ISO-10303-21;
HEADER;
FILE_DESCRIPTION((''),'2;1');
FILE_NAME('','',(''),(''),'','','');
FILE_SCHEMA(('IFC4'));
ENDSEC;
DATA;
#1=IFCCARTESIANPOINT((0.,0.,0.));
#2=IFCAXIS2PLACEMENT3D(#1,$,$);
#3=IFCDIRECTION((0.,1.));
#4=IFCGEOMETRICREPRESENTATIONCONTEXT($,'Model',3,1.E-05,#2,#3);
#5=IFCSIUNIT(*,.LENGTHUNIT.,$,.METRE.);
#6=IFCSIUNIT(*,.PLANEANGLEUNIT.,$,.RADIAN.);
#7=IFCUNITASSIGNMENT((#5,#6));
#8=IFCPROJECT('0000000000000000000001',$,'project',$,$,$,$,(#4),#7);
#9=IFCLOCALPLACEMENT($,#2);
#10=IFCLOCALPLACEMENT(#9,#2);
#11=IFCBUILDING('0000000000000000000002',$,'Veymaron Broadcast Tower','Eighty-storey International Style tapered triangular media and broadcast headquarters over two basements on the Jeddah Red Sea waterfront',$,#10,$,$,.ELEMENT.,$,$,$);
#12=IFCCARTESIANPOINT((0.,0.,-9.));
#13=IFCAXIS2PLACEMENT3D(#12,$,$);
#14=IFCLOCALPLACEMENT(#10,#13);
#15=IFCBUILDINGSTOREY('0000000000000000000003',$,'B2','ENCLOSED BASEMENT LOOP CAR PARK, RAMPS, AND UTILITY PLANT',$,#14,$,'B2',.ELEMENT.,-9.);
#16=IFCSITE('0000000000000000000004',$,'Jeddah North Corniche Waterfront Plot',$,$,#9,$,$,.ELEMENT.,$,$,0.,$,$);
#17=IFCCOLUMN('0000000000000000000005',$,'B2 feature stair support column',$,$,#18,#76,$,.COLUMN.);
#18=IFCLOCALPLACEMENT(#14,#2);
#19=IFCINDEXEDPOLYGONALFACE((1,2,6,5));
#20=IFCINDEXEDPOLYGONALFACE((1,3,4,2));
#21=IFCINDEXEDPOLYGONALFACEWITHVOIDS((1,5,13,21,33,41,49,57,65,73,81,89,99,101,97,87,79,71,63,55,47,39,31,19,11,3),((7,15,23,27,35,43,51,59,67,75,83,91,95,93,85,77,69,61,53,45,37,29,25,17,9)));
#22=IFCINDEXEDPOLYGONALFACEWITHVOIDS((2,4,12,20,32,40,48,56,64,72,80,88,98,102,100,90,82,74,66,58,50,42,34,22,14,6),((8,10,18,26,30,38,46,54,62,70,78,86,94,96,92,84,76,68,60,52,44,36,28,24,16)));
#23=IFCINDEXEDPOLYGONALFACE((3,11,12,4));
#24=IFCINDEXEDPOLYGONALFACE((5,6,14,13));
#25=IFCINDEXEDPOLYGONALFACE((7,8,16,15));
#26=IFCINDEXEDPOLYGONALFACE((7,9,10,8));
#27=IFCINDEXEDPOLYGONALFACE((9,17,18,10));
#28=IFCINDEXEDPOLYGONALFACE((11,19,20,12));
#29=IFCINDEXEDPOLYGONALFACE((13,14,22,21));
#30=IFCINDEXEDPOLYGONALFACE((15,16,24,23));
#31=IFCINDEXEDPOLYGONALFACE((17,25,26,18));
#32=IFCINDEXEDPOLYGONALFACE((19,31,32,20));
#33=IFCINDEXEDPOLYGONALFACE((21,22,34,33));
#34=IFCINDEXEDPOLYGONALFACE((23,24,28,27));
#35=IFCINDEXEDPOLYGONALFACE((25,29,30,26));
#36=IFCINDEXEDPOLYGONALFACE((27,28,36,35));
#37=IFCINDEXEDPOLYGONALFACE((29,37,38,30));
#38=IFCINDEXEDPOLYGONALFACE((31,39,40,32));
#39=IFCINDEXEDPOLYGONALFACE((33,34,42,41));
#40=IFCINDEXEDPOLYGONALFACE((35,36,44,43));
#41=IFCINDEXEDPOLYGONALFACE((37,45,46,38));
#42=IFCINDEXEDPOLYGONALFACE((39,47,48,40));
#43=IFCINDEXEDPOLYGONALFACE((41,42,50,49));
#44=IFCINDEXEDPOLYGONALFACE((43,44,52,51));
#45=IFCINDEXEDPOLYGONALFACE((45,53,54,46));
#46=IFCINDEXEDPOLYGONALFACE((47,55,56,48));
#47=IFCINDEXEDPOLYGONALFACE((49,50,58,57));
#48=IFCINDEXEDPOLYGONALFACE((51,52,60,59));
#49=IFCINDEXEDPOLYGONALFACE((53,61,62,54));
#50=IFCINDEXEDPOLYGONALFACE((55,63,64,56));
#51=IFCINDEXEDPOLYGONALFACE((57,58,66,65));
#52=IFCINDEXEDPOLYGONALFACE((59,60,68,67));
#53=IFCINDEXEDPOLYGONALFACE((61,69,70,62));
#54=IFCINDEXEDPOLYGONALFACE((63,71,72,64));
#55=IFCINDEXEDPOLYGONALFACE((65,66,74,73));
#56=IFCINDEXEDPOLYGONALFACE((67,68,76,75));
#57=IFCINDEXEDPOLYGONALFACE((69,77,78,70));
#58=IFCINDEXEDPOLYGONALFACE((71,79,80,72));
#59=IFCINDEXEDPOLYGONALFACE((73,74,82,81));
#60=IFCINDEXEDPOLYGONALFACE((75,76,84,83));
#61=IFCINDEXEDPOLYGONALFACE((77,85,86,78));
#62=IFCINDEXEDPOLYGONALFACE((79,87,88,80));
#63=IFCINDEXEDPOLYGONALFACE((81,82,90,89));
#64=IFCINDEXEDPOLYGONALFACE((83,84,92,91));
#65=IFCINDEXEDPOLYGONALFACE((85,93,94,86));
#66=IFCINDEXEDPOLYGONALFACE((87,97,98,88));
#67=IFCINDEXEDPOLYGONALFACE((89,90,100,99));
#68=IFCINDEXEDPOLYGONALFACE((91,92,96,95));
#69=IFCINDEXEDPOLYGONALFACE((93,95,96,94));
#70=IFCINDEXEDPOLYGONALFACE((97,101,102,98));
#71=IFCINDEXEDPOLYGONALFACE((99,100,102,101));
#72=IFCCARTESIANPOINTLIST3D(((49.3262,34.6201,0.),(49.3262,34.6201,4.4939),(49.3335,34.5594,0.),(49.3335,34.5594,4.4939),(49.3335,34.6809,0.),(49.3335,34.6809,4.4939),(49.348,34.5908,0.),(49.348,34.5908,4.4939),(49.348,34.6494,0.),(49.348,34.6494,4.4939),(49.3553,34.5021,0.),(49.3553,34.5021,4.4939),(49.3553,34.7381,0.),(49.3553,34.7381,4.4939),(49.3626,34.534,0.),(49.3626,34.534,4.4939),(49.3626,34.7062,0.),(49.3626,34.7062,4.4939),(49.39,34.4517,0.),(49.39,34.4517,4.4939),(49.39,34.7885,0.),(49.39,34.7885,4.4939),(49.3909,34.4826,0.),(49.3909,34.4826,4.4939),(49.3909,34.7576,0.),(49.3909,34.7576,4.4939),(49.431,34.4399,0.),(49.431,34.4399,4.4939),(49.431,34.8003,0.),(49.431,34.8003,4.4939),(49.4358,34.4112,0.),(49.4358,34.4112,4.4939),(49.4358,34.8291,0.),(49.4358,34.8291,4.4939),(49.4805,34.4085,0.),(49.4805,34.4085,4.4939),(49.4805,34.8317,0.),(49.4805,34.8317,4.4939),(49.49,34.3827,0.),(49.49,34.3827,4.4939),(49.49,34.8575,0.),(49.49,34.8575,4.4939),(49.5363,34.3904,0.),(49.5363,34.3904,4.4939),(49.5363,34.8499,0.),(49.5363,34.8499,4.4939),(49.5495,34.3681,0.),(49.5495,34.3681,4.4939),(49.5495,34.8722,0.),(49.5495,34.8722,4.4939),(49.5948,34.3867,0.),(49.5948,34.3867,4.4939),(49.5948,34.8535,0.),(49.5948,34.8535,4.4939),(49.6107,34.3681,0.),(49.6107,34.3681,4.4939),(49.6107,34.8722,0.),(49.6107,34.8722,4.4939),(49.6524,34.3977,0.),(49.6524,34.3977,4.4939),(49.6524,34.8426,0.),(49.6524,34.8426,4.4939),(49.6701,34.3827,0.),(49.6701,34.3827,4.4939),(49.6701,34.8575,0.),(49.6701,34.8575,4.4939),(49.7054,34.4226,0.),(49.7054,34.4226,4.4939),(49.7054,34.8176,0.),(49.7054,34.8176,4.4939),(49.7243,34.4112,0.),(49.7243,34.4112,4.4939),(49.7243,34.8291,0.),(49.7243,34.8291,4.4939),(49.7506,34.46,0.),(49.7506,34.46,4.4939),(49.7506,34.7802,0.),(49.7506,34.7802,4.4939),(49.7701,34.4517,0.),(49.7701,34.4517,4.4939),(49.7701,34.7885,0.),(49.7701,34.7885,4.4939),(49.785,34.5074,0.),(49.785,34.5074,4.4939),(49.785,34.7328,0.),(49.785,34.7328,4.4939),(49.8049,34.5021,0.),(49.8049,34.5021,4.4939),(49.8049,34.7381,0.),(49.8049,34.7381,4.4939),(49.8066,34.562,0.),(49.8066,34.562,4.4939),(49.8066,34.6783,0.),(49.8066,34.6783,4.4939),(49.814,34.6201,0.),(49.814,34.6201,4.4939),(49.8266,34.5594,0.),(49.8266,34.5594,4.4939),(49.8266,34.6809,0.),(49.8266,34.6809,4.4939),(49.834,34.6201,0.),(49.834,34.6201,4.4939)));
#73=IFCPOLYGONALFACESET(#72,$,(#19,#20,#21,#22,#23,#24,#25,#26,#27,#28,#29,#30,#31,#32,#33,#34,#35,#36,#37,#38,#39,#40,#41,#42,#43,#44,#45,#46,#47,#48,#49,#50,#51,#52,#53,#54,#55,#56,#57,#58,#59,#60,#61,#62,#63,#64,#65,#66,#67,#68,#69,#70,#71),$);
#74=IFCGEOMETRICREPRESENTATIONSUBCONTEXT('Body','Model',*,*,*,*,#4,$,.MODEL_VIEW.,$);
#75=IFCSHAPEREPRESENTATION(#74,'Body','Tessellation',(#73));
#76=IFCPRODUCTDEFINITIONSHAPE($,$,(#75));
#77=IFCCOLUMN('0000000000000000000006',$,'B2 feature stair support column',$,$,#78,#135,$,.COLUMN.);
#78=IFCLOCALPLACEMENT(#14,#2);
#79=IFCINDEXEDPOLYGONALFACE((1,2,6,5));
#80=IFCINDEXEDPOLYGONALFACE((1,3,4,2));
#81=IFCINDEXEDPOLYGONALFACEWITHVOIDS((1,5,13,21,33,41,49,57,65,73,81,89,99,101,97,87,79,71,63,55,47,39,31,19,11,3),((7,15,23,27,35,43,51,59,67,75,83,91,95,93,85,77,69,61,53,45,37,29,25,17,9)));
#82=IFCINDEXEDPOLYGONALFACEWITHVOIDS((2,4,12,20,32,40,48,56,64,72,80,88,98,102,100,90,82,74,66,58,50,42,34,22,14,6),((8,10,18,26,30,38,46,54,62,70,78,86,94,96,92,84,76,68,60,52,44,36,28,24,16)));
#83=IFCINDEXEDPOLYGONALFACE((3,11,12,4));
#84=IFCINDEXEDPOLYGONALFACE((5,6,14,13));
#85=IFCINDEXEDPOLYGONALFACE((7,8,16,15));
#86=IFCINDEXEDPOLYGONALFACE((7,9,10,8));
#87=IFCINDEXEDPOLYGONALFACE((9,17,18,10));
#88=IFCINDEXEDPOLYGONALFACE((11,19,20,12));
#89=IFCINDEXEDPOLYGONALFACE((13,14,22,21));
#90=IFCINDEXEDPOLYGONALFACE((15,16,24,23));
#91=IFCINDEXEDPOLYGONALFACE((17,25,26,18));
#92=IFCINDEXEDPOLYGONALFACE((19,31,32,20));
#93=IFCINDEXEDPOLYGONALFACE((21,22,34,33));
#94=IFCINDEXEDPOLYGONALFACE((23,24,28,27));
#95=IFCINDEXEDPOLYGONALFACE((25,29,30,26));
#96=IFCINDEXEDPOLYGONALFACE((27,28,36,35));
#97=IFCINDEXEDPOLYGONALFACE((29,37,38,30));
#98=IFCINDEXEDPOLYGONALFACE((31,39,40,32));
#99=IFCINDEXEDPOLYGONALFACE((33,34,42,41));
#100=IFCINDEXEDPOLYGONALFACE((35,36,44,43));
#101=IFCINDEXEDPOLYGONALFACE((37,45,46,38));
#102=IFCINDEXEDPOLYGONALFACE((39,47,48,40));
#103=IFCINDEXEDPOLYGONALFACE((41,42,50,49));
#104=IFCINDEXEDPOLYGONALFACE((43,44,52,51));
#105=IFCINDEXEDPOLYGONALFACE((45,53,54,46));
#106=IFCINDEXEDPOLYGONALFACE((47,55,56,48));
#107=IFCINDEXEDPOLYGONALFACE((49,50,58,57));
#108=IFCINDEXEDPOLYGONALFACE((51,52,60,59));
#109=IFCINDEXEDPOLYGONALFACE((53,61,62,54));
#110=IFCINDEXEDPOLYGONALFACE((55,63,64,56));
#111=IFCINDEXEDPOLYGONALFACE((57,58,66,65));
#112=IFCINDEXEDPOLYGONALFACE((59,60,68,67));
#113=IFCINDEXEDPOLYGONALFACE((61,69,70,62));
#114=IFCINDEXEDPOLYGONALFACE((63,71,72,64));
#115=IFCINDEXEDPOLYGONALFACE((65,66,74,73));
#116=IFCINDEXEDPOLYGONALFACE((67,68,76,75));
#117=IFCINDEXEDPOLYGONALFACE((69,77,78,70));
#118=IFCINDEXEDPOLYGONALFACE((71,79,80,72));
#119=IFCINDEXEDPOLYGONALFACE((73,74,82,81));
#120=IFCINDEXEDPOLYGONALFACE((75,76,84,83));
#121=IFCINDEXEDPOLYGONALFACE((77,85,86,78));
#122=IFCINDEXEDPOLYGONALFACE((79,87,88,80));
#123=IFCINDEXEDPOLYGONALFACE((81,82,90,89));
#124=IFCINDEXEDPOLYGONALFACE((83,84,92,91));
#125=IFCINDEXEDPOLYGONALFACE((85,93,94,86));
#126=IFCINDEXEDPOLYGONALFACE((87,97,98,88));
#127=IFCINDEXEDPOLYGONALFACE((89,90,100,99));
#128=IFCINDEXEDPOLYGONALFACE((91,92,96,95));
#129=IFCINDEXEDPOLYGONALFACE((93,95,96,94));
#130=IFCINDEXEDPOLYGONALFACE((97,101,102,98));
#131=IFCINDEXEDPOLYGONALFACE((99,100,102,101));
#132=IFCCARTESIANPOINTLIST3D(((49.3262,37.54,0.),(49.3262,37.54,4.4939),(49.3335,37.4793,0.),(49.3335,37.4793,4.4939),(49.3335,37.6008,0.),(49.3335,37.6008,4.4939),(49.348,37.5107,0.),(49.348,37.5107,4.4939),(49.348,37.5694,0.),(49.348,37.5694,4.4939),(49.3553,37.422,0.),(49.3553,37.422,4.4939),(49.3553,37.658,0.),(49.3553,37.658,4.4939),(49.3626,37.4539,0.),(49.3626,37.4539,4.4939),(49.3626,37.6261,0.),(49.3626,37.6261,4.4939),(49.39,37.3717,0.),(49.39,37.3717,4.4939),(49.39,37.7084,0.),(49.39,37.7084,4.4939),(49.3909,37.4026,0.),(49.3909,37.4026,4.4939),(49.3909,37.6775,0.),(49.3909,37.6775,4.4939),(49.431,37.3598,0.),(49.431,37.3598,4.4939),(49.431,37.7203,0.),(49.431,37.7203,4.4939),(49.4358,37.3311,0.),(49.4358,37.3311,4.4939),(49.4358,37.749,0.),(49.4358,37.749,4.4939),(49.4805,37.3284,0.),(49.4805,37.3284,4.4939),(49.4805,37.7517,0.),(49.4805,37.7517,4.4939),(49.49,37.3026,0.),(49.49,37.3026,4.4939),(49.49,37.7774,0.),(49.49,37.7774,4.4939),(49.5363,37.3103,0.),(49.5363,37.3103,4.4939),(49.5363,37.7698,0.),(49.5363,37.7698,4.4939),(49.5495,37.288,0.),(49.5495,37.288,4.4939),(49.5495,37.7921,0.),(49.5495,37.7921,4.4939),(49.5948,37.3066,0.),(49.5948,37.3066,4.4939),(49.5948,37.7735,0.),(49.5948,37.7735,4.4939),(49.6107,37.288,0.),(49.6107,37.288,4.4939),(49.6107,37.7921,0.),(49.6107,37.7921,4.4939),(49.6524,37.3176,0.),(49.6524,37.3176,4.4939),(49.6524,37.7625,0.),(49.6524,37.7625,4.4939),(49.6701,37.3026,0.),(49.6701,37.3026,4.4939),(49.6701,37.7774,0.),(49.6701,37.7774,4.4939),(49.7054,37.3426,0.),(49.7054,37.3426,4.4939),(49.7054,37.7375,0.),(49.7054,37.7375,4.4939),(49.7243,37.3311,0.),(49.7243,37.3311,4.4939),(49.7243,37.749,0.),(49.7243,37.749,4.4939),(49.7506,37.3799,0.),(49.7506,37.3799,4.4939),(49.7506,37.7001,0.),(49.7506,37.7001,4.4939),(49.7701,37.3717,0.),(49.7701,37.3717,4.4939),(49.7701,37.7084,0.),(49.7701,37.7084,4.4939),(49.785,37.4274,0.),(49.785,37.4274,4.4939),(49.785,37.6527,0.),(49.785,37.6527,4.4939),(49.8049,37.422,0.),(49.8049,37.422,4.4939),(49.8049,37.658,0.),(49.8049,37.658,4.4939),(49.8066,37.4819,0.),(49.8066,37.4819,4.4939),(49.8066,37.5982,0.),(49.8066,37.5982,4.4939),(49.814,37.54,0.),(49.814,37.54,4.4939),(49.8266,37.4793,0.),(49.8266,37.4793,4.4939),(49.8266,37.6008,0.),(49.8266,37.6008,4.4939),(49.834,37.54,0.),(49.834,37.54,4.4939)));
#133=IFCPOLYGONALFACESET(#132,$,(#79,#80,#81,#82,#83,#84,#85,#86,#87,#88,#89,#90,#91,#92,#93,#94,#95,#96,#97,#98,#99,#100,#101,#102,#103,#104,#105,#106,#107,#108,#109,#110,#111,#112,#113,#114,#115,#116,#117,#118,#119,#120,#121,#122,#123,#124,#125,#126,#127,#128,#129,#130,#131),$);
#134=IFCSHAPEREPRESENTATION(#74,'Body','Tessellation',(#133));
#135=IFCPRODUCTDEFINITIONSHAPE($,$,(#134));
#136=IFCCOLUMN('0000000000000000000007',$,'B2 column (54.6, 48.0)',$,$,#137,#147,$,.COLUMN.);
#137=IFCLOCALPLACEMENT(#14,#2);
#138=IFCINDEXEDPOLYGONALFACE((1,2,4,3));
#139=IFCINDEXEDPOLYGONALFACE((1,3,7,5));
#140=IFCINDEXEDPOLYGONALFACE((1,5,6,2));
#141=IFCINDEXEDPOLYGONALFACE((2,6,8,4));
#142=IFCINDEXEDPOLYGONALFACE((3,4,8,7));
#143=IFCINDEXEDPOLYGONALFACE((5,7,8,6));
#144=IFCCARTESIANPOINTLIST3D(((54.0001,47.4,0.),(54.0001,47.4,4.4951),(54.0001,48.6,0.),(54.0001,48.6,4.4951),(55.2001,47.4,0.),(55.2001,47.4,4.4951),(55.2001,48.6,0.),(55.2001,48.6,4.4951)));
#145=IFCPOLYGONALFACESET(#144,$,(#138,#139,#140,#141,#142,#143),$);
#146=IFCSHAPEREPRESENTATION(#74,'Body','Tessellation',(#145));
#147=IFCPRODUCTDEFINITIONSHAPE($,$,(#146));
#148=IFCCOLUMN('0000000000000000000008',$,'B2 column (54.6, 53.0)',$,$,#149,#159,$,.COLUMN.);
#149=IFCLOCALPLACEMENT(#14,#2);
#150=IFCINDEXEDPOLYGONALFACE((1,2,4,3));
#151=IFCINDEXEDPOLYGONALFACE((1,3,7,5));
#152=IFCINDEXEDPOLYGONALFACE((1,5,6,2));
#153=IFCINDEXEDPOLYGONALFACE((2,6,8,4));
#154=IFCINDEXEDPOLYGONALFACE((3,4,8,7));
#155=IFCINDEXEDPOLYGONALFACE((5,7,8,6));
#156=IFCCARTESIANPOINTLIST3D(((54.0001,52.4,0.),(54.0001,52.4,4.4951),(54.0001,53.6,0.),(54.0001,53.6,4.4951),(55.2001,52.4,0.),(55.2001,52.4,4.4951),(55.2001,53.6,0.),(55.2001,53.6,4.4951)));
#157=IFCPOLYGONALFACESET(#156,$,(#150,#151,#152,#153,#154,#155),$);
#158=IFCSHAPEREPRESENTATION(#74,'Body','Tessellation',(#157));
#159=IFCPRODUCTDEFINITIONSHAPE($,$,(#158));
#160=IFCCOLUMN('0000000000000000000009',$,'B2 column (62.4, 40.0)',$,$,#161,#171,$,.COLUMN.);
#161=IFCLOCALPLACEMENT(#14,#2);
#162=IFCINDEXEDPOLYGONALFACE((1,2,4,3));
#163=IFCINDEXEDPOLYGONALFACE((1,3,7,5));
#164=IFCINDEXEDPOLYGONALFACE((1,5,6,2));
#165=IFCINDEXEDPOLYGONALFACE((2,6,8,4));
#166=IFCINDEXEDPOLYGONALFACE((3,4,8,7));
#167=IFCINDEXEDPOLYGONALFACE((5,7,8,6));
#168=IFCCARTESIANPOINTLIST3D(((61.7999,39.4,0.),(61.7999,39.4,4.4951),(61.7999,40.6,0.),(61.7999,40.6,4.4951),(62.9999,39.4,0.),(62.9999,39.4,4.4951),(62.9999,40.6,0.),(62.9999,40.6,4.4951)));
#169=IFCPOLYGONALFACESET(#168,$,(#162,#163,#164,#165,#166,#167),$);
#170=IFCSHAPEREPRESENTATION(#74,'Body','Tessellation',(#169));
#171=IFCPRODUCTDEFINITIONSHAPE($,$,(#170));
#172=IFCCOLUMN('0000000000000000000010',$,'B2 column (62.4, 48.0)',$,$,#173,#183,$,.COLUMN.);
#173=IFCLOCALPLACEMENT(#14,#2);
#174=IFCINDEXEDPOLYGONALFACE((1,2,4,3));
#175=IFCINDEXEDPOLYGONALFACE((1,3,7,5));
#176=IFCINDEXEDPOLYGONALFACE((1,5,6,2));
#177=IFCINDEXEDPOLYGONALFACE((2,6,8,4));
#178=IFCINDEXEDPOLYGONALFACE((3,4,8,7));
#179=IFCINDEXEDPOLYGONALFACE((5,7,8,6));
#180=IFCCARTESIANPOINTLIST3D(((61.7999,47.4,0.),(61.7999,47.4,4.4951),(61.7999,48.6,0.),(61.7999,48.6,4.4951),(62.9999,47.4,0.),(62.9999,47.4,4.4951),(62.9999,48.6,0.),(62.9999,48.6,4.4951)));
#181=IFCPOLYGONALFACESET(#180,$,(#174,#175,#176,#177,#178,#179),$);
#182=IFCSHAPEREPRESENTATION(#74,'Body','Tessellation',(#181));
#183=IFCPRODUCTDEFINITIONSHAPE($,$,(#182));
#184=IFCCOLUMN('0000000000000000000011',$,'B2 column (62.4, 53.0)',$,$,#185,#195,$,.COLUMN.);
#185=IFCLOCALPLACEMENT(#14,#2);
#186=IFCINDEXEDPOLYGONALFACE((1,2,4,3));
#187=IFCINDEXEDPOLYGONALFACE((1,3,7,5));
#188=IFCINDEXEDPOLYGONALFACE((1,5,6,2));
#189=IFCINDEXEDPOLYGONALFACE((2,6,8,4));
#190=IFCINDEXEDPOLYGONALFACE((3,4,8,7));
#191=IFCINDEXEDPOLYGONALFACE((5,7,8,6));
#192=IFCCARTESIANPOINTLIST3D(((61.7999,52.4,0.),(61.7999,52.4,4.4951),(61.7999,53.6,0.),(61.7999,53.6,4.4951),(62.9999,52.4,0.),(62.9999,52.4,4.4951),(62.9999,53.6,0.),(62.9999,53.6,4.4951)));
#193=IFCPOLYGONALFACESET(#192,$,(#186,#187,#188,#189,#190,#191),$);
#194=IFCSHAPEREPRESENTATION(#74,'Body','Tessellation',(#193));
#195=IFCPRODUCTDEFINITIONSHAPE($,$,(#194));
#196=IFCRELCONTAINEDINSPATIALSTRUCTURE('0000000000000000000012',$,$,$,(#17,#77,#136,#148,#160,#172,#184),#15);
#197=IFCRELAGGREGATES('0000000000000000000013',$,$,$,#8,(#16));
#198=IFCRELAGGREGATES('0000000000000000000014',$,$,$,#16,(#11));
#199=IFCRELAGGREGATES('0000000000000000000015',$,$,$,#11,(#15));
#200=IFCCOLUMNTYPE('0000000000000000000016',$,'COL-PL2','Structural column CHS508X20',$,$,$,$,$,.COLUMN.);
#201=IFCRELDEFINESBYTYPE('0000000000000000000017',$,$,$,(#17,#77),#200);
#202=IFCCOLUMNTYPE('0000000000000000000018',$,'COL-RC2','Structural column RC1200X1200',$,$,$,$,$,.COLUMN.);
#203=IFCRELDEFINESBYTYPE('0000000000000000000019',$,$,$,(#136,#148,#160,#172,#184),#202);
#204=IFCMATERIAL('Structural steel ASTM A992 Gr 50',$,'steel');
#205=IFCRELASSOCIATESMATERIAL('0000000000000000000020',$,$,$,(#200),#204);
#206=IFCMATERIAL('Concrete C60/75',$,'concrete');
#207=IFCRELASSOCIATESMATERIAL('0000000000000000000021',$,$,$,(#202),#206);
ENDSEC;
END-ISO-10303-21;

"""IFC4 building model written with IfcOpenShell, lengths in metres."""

from ifc_helpers import new_model, si_unit, direction, frame, origin, origin_2d, place, context, subcontext, project, spatial, rectangle, hollow_circle, extrude, material, material_profile, profile_set, type_object, element, save


model = new_model("IFC4")

# Units and contexts
model_context = context("Model", 3, precision=1e-05, world=origin(), true_north=direction((0.0, 1.0)))
body_context = subcontext(model_context, "Body", "Model", "MODEL_VIEW")
ifc_project = project(units=[si_unit("LENGTHUNIT", "METRE"), si_unit("PLANEANGLEUNIT", "RADIAN")], contexts=[model_context])

# Site, building, storey
site_placement = place(None, origin())
site = spatial("IfcSite", under=ifc_project, at=site_placement, Name="Jeddah North Corniche Waterfront Plot", CompositionType="ELEMENT", RefElevation=0.0)
building_placement = place(site_placement, origin())
building = spatial("IfcBuilding", under=site, at=building_placement, Name="Veymaron Broadcast Tower", Description="Eighty-storey International Style tapered triangular media and broadcast headquarters over two basements on the Jeddah Red Sea waterfront", CompositionType="ELEMENT")
storey_placement = place(building_placement, frame((0.0, 0.0, -9.0)))
storey = spatial("IfcBuildingStorey", under=building, at=storey_placement, Name="B2", Description="ENCLOSED BASEMENT LOOP CAR PARK, RAMPS, AND UTILITY PLANT", LongName="B2", CompositionType="ELEMENT", Elevation=-9.0)

# Columns
ifc_material_1 = material(Name="Structural steel ASTM A992 Gr 50", Category="steel")
ifc_material_profile_1 = material_profile(ifc_material_1, hollow_circle(Radius=0.2539, WallThickness=0.02, at=origin_2d()), Name="CHS508X20")
ifc_profile_set_1 = profile_set([ifc_material_profile_1], Name="Structural steel ASTM A992 Gr 50")
column_type_1 = type_object("IfcColumnType", Name="COL-PL2", Description="Structural column CHS508X20", PredefinedType="COLUMN", material=ifc_profile_set_1)
for number, where, z_axis, x_axis, name in (
    (1, (49.5801, 34.6201, 0.0), (0.0, 0.0, 1.0), (1.0, 0.0, 0.0), "B2 feature stair support column"),
    (2, (49.5801, 37.54, 0.0), (0.0, 0.0, 1.0), (1.0, 0.0, 0.0), "B2 feature stair support column"),
):
    element("IfcColumn", number, at=place(storey_placement, frame(where, z_axis=z_axis, x_axis=x_axis)), inside=storey, type_object=column_type_1, Name=name, PredefinedType="COLUMN", context=body_context, shape_type="SweptSolid", body=[
        extrude(hollow_circle(Radius=0.2539, WallThickness=0.02, at=origin_2d()), origin(), (0.0, 0.0, 1.0), 4.4939),
    ])
ifc_material_2 = material(Name="Concrete C60/75", Category="concrete")
ifc_material_profile_2 = material_profile(ifc_material_2, rectangle(XDim=1.2, YDim=1.2, at=origin_2d()), Name="RC1200X1200")
ifc_profile_set_2 = profile_set([ifc_material_profile_2], Name="Concrete C60/75")
column_type_2 = type_object("IfcColumnType", Name="COL-RC2", Description="Structural column RC1200X1200", PredefinedType="COLUMN", material=ifc_profile_set_2)
for number, where, z_axis, x_axis, name in (
    (3, (54.6001, 48.0, 0.0), (0.0, 0.0, 1.0), (1.0, 0.0, 0.0), "B2 column (54.6, 48.0)"),
    (4, (54.6001, 53.0, 0.0), (0.0, 0.0, 1.0), (1.0, 0.0, 0.0), "B2 column (54.6, 53.0)"),
    (5, (62.3999, 40.0, 0.0), (0.0, 0.0, 1.0), (1.0, 0.0, 0.0), "B2 column (62.4, 40.0)"),
    (6, (62.3999, 48.0, 0.0), (0.0, 0.0, 1.0), (1.0, 0.0, 0.0), "B2 column (62.4, 48.0)"),
    (7, (62.3999, 53.0, 0.0), (0.0, 0.0, 1.0), (1.0, 0.0, 0.0), "B2 column (62.4, 53.0)"),
):
    element("IfcColumn", number, at=place(storey_placement, frame(where, z_axis=z_axis, x_axis=x_axis)), inside=storey, type_object=column_type_2, Name=name, PredefinedType="COLUMN", context=body_context, shape_type="SweptSolid", body=[
        extrude(rectangle(XDim=1.2, YDim=1.2, at=origin_2d()), origin(), (0.0, 0.0, 1.0), 4.4951),
    ])

save(model, "model.ifc")
